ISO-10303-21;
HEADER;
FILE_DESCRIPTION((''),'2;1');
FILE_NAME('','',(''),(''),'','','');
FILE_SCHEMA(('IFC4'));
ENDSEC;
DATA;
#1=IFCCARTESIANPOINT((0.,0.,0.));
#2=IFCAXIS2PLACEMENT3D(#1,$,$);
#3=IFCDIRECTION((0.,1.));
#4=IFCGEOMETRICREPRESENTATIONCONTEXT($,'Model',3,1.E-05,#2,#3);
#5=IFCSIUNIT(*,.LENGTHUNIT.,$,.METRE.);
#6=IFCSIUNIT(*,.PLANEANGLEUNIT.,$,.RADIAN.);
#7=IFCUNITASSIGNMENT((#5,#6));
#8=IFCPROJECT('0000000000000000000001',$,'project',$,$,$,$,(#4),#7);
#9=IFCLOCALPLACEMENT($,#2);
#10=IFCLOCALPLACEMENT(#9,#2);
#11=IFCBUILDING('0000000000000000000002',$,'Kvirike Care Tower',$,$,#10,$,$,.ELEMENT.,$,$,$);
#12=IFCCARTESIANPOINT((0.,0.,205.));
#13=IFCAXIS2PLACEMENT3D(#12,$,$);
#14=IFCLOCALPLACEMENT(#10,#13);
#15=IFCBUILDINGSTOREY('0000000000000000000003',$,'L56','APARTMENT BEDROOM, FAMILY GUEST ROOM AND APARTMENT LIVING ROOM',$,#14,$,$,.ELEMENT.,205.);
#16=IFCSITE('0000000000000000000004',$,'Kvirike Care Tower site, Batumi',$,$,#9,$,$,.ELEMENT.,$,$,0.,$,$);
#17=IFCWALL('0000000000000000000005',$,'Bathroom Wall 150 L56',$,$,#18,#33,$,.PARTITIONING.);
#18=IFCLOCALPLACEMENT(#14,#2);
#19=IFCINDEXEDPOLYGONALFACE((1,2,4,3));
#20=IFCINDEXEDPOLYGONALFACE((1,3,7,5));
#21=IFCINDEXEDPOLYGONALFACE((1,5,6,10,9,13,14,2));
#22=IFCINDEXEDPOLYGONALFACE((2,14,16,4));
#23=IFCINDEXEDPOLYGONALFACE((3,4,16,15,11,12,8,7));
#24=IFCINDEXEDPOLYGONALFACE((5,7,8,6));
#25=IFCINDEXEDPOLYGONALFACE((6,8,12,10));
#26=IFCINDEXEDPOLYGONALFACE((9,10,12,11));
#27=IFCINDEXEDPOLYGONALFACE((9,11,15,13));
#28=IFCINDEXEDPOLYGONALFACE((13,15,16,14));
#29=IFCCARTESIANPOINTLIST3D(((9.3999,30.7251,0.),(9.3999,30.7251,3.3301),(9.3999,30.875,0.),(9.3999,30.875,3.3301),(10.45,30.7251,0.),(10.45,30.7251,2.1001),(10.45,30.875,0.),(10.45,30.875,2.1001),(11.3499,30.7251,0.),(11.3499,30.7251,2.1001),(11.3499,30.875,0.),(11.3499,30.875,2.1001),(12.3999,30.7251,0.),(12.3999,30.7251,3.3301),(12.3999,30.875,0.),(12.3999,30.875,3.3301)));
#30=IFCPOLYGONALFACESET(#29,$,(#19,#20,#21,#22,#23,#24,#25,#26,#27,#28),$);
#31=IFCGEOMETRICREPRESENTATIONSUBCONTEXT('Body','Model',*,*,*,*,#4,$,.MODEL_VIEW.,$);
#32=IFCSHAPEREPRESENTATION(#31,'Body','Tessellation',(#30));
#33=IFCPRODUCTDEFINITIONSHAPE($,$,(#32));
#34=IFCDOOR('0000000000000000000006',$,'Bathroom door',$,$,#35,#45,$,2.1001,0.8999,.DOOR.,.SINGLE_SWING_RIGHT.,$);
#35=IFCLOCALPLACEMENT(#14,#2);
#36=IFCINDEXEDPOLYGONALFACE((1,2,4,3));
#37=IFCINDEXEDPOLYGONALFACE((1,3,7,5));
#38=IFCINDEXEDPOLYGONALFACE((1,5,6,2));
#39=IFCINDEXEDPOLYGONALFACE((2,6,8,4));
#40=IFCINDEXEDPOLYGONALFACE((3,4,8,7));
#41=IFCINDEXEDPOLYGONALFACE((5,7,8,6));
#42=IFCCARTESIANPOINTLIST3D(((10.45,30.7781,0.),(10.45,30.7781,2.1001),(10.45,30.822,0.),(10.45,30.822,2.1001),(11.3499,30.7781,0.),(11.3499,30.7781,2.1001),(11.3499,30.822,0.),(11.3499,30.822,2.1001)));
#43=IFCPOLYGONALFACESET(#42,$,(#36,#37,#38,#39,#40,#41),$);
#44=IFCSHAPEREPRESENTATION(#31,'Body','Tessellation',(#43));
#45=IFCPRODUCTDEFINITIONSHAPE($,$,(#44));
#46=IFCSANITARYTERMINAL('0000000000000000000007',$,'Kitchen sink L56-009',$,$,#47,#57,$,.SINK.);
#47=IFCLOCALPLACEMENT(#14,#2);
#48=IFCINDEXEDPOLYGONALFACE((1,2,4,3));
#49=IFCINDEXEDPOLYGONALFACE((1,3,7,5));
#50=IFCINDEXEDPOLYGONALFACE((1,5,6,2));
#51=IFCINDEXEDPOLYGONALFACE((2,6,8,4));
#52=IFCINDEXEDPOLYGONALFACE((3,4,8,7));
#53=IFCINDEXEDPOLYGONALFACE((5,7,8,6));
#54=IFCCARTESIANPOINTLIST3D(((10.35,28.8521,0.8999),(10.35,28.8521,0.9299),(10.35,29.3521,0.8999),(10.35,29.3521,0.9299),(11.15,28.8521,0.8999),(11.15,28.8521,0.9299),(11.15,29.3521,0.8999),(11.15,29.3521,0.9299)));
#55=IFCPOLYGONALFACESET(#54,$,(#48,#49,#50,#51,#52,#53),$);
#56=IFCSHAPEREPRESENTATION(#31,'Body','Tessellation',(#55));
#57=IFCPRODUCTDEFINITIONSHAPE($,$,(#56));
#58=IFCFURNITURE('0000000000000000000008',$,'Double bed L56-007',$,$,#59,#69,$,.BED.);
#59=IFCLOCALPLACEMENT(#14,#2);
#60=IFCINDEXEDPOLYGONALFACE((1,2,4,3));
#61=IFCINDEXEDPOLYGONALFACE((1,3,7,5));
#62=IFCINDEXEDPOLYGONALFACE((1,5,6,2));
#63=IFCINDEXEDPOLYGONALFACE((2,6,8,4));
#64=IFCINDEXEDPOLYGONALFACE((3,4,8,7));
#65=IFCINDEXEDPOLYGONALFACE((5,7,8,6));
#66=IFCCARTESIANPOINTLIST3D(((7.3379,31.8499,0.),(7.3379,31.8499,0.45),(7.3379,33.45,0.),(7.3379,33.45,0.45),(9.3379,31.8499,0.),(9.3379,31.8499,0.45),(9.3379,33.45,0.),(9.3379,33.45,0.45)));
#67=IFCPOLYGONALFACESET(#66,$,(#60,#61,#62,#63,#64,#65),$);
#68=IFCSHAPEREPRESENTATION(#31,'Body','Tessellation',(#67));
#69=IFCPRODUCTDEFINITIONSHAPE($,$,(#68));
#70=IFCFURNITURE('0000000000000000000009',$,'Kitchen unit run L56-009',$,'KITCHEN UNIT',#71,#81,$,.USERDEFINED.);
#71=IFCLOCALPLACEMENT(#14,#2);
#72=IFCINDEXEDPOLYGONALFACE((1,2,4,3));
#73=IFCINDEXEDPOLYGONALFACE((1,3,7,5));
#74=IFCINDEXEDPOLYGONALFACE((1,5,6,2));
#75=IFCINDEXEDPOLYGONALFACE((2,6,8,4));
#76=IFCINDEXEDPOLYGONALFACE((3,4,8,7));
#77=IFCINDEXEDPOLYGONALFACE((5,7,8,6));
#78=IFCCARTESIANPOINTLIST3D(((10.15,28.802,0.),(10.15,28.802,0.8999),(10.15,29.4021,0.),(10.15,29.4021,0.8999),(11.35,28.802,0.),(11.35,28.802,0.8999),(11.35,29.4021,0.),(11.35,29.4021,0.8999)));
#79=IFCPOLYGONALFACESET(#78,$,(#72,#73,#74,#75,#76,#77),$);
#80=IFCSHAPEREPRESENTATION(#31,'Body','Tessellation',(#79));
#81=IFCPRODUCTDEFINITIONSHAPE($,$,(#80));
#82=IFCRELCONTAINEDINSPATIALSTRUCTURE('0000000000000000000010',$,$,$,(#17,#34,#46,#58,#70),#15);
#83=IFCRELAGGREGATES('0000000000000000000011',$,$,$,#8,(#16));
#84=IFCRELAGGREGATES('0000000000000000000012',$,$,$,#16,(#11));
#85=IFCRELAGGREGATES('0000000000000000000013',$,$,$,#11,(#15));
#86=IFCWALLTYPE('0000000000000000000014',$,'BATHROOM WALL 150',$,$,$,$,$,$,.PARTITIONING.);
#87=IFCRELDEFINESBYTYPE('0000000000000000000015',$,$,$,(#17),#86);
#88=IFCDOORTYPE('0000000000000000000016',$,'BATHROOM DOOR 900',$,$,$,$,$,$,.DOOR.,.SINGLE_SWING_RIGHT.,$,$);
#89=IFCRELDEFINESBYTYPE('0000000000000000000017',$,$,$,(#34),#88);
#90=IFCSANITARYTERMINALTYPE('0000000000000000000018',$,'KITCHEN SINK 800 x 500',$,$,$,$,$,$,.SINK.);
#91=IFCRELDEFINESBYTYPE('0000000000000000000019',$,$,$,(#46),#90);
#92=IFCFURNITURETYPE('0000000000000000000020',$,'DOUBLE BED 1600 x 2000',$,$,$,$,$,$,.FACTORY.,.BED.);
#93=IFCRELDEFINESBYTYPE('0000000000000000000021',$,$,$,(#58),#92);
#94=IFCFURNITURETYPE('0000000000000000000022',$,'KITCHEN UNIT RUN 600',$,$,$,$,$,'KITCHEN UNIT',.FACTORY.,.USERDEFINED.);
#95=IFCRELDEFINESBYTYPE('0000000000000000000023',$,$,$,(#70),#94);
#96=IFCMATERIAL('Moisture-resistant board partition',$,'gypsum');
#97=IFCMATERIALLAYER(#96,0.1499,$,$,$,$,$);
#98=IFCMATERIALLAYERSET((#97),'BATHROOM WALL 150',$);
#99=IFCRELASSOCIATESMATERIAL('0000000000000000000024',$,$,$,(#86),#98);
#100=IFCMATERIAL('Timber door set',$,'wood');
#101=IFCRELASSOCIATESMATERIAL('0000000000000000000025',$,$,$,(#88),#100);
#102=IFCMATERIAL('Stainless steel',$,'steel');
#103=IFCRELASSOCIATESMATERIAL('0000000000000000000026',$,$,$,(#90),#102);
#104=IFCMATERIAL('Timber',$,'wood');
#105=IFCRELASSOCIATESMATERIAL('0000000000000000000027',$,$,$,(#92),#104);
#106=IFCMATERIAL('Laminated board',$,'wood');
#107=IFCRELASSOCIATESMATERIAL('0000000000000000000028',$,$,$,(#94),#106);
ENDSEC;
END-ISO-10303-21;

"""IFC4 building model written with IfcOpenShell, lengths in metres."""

from ifc_helpers import new_model, si_unit, direction, frame, frame_2d, origin, origin_2d, place, context, subcontext, project, spatial, rectangle, extrude, material, layer, layer_set, type_object, element, fill, save


model = new_model("IFC4")

# Units and contexts
model_context = context("Model", 3, precision=1e-05, world=origin(), true_north=direction((0.0, 1.0)))
body_context = subcontext(model_context, "Body", "Model", "MODEL_VIEW")
ifc_project = project(units=[si_unit("LENGTHUNIT", "METRE"), si_unit("PLANEANGLEUNIT", "RADIAN")], contexts=[model_context])

# Site, building, storey
site_placement = place(None, origin())
site = spatial("IfcSite", under=ifc_project, at=site_placement, Name="Kvirike Care Tower site, Batumi", CompositionType="ELEMENT", RefElevation=0.0)
building_placement = place(site_placement, origin())
building = spatial("IfcBuilding", under=site, at=building_placement, Name="Kvirike Care Tower", CompositionType="ELEMENT")
storey_placement = place(building_placement, frame((0.0, 0.0, 205.0)))
storey = spatial("IfcBuildingStorey", under=building, at=storey_placement, Name="L56", Description="APARTMENT BEDROOM, FAMILY GUEST ROOM AND APARTMENT LIVING ROOM", CompositionType="ELEMENT", Elevation=205.0)

# Wall, opening, door
ifc_material_1 = material(Name="Moisture-resistant board partition", Category="gypsum")
ifc_layer_1 = layer(ifc_material_1, 0.1499)
ifc_layer_set_1 = layer_set([ifc_layer_1], Name="BATHROOM WALL 150")
wall_type = type_object("IfcWallType", Name="BATHROOM WALL 150", PredefinedType="PARTITIONING", material=ifc_layer_set_1)
wall_placement = place(storey_placement, frame((9.3999, 30.8, 0.0), z_axis=(0.0, 0.0, 1.0), x_axis=(1.0, 0.0, 0.0)))
wall = element("IfcWall", 1, at=wall_placement, inside=storey, type_object=wall_type, Name="Bathroom Wall 150 L56", PredefinedType="PARTITIONING", context=body_context, shape_type="SweptSolid", body=[
    extrude(rectangle(XDim=3.0, YDim=0.1499, at=frame_2d((1.5, 0.0))), origin(), (0.0, 0.0, 1.0), 3.3301),
])
opening_placement = place(wall_placement, frame((1.05, 0.0, 0.0)))
opening = element("IfcOpeningElement", 2, at=opening_placement, cuts=wall, PredefinedType="OPENING", context=body_context, shape_type="SweptSolid", body=[
    extrude(rectangle(XDim=0.8999, YDim=2.1001, at=frame_2d((0.45, 1.05))), frame((0.0, 0.0854, 0.0), z_axis=(0.0, -1.0, 0.0), x_axis=(1.0, 0.0, 0.0)), (0.0, 0.0, 1.0), 0.1709),
])
ifc_material_2 = material(Name="Timber door set", Category="wood")
door_type = type_object("IfcDoorType", Name="BATHROOM DOOR 900", OperationType="SINGLE_SWING_RIGHT", PredefinedType="DOOR", material=ifc_material_2)
door_placement = place(opening_placement, frame((0.8999, 0.0, 0.0), z_axis=(0.0, 0.0, 1.0), x_axis=(-1.0, 0.0, 0.0)))
door = element("IfcDoor", 3, at=door_placement, inside=storey, type_object=door_type, Name="Bathroom door", OperationType="SINGLE_SWING_RIGHT", OverallHeight=2.1001, OverallWidth=0.8999, PredefinedType="DOOR", context=body_context, shape_type="SweptSolid", body=[
    extrude(rectangle(XDim=0.8999, YDim=2.1001, at=frame_2d((0.45, 1.05))), frame((0.0, 0.022, 0.0), z_axis=(0.0, -1.0, 0.0), x_axis=(1.0, 0.0, 0.0)), (0.0, 0.0, 1.0), 0.0439),
])
fill(opening, door)

# Sanitary terminal
ifc_material_3 = material(Name="Stainless steel", Category="steel")
sanitary_terminal_type = type_object("IfcSanitaryTerminalType", Name="KITCHEN SINK 800 x 500", PredefinedType="SINK", material=ifc_material_3)
sanitary_terminal_placement = place(storey_placement, frame((10.75, 29.1021, 0.8999), z_axis=(0.0, 0.0, 1.0), x_axis=(-1.0, 0.0, 0.0)))
element("IfcSanitaryTerminal", 4, at=sanitary_terminal_placement, inside=storey, type_object=sanitary_terminal_type, Name="Kitchen sink L56-009", PredefinedType="SINK", context=body_context, shape_type="SweptSolid", body=[
    extrude(rectangle(XDim=0.8, YDim=0.5, at=origin_2d()), origin(), (0.0, 0.0, 1.0), 0.03),
])

# Furniture
ifc_material_4 = material(Name="Timber", Category="wood")
furniture_type_1 = type_object("IfcFurnitureType", Name="DOUBLE BED 1600 x 2000", AssemblyPlace="FACTORY", PredefinedType="BED", material=ifc_material_4)
furniture_1_placement = place(storey_placement, frame((8.3379, 32.6499, 0.0), z_axis=(0.0, 0.0, 1.0), x_axis=(0.0, -1.0, 0.0)))
element("IfcFurniture", 5, at=furniture_1_placement, inside=storey, type_object=furniture_type_1, Name="Double bed L56-007", PredefinedType="BED", context=body_context, shape_type="SweptSolid", body=[
    extrude(rectangle(XDim=1.6001, YDim=2.0, at=origin_2d()), origin(), (0.0, 0.0, 1.0), 0.45),
])
ifc_material_5 = material(Name="Laminated board", Category="wood")
furniture_type_2 = type_object("IfcFurnitureType", Name="KITCHEN UNIT RUN 600", ElementType="KITCHEN UNIT", AssemblyPlace="FACTORY", PredefinedType="USERDEFINED", material=ifc_material_5)
furniture_2_placement = place(storey_placement, frame((10.75, 29.1021, 0.0), z_axis=(0.0, 0.0, 1.0), x_axis=(-1.0, 0.0, 0.0)))
element("IfcFurniture", 6, at=furniture_2_placement, inside=storey, type_object=furniture_type_2, Name="Kitchen unit run L56-009", ObjectType="KITCHEN UNIT", PredefinedType="USERDEFINED", context=body_context, shape_type="SweptSolid", body=[
    extrude(rectangle(XDim=1.2, YDim=0.6001, at=origin_2d()), origin(), (0.0, 0.0, 1.0), 0.8999),
])

save(model, "model.ifc")
